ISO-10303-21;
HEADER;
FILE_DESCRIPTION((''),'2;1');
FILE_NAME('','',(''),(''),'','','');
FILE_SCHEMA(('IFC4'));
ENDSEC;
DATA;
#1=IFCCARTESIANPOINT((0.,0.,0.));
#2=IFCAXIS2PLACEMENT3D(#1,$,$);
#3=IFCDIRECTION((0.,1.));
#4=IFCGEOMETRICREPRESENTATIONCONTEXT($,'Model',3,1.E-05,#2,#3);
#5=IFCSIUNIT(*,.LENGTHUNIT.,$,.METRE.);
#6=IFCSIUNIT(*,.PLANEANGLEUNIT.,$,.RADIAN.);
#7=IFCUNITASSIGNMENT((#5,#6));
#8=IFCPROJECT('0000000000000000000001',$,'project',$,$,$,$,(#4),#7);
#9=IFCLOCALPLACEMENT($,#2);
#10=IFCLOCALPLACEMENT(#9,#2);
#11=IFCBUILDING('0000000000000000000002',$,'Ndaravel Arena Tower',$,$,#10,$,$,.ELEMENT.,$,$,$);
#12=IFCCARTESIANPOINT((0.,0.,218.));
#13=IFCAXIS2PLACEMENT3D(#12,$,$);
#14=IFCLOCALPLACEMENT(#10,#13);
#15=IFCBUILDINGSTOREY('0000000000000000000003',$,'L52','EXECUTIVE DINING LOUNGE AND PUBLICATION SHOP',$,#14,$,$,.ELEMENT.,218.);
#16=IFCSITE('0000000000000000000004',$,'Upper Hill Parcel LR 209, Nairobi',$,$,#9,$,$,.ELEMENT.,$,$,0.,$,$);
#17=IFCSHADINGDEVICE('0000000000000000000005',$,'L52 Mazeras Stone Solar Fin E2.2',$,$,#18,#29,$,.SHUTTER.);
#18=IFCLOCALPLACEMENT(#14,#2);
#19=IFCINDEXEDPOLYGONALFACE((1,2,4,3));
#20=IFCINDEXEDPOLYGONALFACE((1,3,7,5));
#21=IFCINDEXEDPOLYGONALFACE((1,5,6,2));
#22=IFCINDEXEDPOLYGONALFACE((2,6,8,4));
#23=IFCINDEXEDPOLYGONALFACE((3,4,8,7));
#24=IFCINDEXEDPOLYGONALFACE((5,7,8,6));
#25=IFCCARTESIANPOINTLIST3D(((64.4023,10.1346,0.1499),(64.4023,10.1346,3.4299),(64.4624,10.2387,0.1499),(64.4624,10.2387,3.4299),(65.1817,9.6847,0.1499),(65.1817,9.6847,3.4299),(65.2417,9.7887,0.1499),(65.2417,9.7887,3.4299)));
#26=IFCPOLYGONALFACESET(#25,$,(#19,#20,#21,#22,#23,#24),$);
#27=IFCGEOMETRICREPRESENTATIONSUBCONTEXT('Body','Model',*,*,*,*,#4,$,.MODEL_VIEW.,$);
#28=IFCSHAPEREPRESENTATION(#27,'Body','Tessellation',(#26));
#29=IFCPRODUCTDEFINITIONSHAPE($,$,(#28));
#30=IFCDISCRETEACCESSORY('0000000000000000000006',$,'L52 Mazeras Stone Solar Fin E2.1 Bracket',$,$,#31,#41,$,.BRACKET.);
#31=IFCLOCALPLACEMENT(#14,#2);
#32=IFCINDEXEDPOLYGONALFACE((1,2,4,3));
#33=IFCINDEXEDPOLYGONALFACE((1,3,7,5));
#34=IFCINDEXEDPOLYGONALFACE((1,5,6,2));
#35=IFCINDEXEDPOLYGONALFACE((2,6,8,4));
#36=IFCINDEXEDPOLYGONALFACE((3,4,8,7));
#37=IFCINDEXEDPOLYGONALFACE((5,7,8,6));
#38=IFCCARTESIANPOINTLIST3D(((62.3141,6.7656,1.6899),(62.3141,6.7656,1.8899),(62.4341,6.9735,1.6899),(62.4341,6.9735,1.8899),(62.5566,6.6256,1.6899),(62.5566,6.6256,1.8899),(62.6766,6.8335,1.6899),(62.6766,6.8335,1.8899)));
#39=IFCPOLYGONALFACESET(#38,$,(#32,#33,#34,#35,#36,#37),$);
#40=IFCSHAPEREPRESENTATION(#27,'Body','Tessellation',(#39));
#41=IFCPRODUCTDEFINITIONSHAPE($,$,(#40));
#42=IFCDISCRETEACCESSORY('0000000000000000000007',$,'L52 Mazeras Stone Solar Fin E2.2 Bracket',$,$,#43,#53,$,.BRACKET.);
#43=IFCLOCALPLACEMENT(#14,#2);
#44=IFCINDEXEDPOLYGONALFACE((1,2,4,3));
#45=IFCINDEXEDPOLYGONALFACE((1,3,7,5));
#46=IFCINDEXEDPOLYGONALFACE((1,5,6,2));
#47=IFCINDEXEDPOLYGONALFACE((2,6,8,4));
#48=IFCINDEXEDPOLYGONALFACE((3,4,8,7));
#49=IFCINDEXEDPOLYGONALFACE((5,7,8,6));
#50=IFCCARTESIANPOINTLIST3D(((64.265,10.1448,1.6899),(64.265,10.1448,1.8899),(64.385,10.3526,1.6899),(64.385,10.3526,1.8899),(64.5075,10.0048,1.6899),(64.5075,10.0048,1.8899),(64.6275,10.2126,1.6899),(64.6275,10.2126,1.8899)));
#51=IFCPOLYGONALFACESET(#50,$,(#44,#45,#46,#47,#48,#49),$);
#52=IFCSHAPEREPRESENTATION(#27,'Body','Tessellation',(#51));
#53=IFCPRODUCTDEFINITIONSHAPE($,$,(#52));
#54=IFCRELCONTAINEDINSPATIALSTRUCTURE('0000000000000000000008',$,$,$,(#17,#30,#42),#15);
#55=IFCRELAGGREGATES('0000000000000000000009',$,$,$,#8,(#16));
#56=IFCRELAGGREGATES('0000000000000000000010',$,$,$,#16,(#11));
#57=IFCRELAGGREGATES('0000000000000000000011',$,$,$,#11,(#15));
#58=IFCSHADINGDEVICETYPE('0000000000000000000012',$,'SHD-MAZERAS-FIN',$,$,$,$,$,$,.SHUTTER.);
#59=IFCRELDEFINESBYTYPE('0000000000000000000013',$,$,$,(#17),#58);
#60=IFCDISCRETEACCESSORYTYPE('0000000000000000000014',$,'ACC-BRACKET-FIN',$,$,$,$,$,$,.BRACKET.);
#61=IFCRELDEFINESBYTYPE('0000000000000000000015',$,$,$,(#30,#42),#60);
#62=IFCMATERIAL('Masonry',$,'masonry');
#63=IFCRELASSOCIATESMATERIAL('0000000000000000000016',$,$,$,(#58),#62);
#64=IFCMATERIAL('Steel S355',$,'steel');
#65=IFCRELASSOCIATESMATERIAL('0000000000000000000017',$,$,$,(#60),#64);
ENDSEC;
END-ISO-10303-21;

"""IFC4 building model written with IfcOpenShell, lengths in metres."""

from ifc_helpers import new_model, si_unit, direction, frame, origin, origin_2d, place, context, subcontext, project, spatial, rectangle, extrude, material, type_object, element, save


model = new_model("IFC4")

# Units and contexts
model_context = context("Model", 3, precision=1e-05, world=origin(), true_north=direction((0.0, 1.0)))
body_context = subcontext(model_context, "Body", "Model", "MODEL_VIEW")
ifc_project = project(units=[si_unit("LENGTHUNIT", "METRE"), si_unit("PLANEANGLEUNIT", "RADIAN")], contexts=[model_context])

# Site, building, storey
site_placement = place(None, origin())
site = spatial("IfcSite", under=ifc_project, at=site_placement, Name="Upper Hill Parcel LR 209, Nairobi", CompositionType="ELEMENT", RefElevation=0.0)
building_placement = place(site_placement, origin())
building = spatial("IfcBuilding", under=site, at=building_placement, Name="Ndaravel Arena Tower", CompositionType="ELEMENT")
storey_placement = place(building_placement, frame((0.0, 0.0, 218.0)))
storey = spatial("IfcBuildingStorey", under=building, at=storey_placement, Name="L52", Description="EXECUTIVE DINING LOUNGE AND PUBLICATION SHOP", CompositionType="ELEMENT", Elevation=218.0)

# Shading device
ifc_material_1 = material(Name="Masonry", Category="masonry")
shading_device_type = type_object("IfcShadingDeviceType", Name="SHD-MAZERAS-FIN", PredefinedType="SHUTTER", material=ifc_material_1)
for number, where, z_axis, x_axis, name in (
    (1, (64.822, 9.9617, 0.1499), (0.0, 0.0, 1.0), (0.866025, -0.5, 0.0), "L52 Mazeras Stone Solar Fin E2.2"),
):
    element("IfcShadingDevice", number, at=place(storey_placement, frame(where, z_axis=z_axis, x_axis=x_axis)), inside=storey, type_object=shading_device_type, Name=name, PredefinedType="SHUTTER", context=body_context, shape_type="SweptSolid", body=[
        extrude(rectangle(XDim=0.8999, YDim=0.1201, at=origin_2d()), origin(), (0.0, 0.0, 1.0), 3.28),
    ])

# Discrete accessories
ifc_material_2 = material(Name="Steel S355", Category="steel")
discrete_accessory_type = type_object("IfcDiscreteAccessoryType", Name="ACC-BRACKET-FIN", PredefinedType="BRACKET", material=ifc_material_2)
for number, where, z_axis, x_axis, name in (
    (2, (62.4954, 6.7996, 1.6899), (0.0, 0.0, 1.0), (0.866025, -0.5, 0.0), "L52 Mazeras Stone Solar Fin E2.1 Bracket"),
    (3, (64.4463, 10.1787, 1.6899), (0.0, 0.0, 1.0), (0.866025, -0.5, 0.0), "L52 Mazeras Stone Solar Fin E2.2 Bracket"),
):
    element("IfcDiscreteAccessory", number, at=place(storey_placement, frame(where, z_axis=z_axis, x_axis=x_axis)), inside=storey, type_object=discrete_accessory_type, Name=name, PredefinedType="BRACKET", context=body_context, shape_type="SweptSolid", body=[
        extrude(rectangle(XDim=0.28, YDim=0.24, at=origin_2d()), origin(), (0.0, 0.0, 1.0), 0.2),
    ])

save(model, "model.ifc")
